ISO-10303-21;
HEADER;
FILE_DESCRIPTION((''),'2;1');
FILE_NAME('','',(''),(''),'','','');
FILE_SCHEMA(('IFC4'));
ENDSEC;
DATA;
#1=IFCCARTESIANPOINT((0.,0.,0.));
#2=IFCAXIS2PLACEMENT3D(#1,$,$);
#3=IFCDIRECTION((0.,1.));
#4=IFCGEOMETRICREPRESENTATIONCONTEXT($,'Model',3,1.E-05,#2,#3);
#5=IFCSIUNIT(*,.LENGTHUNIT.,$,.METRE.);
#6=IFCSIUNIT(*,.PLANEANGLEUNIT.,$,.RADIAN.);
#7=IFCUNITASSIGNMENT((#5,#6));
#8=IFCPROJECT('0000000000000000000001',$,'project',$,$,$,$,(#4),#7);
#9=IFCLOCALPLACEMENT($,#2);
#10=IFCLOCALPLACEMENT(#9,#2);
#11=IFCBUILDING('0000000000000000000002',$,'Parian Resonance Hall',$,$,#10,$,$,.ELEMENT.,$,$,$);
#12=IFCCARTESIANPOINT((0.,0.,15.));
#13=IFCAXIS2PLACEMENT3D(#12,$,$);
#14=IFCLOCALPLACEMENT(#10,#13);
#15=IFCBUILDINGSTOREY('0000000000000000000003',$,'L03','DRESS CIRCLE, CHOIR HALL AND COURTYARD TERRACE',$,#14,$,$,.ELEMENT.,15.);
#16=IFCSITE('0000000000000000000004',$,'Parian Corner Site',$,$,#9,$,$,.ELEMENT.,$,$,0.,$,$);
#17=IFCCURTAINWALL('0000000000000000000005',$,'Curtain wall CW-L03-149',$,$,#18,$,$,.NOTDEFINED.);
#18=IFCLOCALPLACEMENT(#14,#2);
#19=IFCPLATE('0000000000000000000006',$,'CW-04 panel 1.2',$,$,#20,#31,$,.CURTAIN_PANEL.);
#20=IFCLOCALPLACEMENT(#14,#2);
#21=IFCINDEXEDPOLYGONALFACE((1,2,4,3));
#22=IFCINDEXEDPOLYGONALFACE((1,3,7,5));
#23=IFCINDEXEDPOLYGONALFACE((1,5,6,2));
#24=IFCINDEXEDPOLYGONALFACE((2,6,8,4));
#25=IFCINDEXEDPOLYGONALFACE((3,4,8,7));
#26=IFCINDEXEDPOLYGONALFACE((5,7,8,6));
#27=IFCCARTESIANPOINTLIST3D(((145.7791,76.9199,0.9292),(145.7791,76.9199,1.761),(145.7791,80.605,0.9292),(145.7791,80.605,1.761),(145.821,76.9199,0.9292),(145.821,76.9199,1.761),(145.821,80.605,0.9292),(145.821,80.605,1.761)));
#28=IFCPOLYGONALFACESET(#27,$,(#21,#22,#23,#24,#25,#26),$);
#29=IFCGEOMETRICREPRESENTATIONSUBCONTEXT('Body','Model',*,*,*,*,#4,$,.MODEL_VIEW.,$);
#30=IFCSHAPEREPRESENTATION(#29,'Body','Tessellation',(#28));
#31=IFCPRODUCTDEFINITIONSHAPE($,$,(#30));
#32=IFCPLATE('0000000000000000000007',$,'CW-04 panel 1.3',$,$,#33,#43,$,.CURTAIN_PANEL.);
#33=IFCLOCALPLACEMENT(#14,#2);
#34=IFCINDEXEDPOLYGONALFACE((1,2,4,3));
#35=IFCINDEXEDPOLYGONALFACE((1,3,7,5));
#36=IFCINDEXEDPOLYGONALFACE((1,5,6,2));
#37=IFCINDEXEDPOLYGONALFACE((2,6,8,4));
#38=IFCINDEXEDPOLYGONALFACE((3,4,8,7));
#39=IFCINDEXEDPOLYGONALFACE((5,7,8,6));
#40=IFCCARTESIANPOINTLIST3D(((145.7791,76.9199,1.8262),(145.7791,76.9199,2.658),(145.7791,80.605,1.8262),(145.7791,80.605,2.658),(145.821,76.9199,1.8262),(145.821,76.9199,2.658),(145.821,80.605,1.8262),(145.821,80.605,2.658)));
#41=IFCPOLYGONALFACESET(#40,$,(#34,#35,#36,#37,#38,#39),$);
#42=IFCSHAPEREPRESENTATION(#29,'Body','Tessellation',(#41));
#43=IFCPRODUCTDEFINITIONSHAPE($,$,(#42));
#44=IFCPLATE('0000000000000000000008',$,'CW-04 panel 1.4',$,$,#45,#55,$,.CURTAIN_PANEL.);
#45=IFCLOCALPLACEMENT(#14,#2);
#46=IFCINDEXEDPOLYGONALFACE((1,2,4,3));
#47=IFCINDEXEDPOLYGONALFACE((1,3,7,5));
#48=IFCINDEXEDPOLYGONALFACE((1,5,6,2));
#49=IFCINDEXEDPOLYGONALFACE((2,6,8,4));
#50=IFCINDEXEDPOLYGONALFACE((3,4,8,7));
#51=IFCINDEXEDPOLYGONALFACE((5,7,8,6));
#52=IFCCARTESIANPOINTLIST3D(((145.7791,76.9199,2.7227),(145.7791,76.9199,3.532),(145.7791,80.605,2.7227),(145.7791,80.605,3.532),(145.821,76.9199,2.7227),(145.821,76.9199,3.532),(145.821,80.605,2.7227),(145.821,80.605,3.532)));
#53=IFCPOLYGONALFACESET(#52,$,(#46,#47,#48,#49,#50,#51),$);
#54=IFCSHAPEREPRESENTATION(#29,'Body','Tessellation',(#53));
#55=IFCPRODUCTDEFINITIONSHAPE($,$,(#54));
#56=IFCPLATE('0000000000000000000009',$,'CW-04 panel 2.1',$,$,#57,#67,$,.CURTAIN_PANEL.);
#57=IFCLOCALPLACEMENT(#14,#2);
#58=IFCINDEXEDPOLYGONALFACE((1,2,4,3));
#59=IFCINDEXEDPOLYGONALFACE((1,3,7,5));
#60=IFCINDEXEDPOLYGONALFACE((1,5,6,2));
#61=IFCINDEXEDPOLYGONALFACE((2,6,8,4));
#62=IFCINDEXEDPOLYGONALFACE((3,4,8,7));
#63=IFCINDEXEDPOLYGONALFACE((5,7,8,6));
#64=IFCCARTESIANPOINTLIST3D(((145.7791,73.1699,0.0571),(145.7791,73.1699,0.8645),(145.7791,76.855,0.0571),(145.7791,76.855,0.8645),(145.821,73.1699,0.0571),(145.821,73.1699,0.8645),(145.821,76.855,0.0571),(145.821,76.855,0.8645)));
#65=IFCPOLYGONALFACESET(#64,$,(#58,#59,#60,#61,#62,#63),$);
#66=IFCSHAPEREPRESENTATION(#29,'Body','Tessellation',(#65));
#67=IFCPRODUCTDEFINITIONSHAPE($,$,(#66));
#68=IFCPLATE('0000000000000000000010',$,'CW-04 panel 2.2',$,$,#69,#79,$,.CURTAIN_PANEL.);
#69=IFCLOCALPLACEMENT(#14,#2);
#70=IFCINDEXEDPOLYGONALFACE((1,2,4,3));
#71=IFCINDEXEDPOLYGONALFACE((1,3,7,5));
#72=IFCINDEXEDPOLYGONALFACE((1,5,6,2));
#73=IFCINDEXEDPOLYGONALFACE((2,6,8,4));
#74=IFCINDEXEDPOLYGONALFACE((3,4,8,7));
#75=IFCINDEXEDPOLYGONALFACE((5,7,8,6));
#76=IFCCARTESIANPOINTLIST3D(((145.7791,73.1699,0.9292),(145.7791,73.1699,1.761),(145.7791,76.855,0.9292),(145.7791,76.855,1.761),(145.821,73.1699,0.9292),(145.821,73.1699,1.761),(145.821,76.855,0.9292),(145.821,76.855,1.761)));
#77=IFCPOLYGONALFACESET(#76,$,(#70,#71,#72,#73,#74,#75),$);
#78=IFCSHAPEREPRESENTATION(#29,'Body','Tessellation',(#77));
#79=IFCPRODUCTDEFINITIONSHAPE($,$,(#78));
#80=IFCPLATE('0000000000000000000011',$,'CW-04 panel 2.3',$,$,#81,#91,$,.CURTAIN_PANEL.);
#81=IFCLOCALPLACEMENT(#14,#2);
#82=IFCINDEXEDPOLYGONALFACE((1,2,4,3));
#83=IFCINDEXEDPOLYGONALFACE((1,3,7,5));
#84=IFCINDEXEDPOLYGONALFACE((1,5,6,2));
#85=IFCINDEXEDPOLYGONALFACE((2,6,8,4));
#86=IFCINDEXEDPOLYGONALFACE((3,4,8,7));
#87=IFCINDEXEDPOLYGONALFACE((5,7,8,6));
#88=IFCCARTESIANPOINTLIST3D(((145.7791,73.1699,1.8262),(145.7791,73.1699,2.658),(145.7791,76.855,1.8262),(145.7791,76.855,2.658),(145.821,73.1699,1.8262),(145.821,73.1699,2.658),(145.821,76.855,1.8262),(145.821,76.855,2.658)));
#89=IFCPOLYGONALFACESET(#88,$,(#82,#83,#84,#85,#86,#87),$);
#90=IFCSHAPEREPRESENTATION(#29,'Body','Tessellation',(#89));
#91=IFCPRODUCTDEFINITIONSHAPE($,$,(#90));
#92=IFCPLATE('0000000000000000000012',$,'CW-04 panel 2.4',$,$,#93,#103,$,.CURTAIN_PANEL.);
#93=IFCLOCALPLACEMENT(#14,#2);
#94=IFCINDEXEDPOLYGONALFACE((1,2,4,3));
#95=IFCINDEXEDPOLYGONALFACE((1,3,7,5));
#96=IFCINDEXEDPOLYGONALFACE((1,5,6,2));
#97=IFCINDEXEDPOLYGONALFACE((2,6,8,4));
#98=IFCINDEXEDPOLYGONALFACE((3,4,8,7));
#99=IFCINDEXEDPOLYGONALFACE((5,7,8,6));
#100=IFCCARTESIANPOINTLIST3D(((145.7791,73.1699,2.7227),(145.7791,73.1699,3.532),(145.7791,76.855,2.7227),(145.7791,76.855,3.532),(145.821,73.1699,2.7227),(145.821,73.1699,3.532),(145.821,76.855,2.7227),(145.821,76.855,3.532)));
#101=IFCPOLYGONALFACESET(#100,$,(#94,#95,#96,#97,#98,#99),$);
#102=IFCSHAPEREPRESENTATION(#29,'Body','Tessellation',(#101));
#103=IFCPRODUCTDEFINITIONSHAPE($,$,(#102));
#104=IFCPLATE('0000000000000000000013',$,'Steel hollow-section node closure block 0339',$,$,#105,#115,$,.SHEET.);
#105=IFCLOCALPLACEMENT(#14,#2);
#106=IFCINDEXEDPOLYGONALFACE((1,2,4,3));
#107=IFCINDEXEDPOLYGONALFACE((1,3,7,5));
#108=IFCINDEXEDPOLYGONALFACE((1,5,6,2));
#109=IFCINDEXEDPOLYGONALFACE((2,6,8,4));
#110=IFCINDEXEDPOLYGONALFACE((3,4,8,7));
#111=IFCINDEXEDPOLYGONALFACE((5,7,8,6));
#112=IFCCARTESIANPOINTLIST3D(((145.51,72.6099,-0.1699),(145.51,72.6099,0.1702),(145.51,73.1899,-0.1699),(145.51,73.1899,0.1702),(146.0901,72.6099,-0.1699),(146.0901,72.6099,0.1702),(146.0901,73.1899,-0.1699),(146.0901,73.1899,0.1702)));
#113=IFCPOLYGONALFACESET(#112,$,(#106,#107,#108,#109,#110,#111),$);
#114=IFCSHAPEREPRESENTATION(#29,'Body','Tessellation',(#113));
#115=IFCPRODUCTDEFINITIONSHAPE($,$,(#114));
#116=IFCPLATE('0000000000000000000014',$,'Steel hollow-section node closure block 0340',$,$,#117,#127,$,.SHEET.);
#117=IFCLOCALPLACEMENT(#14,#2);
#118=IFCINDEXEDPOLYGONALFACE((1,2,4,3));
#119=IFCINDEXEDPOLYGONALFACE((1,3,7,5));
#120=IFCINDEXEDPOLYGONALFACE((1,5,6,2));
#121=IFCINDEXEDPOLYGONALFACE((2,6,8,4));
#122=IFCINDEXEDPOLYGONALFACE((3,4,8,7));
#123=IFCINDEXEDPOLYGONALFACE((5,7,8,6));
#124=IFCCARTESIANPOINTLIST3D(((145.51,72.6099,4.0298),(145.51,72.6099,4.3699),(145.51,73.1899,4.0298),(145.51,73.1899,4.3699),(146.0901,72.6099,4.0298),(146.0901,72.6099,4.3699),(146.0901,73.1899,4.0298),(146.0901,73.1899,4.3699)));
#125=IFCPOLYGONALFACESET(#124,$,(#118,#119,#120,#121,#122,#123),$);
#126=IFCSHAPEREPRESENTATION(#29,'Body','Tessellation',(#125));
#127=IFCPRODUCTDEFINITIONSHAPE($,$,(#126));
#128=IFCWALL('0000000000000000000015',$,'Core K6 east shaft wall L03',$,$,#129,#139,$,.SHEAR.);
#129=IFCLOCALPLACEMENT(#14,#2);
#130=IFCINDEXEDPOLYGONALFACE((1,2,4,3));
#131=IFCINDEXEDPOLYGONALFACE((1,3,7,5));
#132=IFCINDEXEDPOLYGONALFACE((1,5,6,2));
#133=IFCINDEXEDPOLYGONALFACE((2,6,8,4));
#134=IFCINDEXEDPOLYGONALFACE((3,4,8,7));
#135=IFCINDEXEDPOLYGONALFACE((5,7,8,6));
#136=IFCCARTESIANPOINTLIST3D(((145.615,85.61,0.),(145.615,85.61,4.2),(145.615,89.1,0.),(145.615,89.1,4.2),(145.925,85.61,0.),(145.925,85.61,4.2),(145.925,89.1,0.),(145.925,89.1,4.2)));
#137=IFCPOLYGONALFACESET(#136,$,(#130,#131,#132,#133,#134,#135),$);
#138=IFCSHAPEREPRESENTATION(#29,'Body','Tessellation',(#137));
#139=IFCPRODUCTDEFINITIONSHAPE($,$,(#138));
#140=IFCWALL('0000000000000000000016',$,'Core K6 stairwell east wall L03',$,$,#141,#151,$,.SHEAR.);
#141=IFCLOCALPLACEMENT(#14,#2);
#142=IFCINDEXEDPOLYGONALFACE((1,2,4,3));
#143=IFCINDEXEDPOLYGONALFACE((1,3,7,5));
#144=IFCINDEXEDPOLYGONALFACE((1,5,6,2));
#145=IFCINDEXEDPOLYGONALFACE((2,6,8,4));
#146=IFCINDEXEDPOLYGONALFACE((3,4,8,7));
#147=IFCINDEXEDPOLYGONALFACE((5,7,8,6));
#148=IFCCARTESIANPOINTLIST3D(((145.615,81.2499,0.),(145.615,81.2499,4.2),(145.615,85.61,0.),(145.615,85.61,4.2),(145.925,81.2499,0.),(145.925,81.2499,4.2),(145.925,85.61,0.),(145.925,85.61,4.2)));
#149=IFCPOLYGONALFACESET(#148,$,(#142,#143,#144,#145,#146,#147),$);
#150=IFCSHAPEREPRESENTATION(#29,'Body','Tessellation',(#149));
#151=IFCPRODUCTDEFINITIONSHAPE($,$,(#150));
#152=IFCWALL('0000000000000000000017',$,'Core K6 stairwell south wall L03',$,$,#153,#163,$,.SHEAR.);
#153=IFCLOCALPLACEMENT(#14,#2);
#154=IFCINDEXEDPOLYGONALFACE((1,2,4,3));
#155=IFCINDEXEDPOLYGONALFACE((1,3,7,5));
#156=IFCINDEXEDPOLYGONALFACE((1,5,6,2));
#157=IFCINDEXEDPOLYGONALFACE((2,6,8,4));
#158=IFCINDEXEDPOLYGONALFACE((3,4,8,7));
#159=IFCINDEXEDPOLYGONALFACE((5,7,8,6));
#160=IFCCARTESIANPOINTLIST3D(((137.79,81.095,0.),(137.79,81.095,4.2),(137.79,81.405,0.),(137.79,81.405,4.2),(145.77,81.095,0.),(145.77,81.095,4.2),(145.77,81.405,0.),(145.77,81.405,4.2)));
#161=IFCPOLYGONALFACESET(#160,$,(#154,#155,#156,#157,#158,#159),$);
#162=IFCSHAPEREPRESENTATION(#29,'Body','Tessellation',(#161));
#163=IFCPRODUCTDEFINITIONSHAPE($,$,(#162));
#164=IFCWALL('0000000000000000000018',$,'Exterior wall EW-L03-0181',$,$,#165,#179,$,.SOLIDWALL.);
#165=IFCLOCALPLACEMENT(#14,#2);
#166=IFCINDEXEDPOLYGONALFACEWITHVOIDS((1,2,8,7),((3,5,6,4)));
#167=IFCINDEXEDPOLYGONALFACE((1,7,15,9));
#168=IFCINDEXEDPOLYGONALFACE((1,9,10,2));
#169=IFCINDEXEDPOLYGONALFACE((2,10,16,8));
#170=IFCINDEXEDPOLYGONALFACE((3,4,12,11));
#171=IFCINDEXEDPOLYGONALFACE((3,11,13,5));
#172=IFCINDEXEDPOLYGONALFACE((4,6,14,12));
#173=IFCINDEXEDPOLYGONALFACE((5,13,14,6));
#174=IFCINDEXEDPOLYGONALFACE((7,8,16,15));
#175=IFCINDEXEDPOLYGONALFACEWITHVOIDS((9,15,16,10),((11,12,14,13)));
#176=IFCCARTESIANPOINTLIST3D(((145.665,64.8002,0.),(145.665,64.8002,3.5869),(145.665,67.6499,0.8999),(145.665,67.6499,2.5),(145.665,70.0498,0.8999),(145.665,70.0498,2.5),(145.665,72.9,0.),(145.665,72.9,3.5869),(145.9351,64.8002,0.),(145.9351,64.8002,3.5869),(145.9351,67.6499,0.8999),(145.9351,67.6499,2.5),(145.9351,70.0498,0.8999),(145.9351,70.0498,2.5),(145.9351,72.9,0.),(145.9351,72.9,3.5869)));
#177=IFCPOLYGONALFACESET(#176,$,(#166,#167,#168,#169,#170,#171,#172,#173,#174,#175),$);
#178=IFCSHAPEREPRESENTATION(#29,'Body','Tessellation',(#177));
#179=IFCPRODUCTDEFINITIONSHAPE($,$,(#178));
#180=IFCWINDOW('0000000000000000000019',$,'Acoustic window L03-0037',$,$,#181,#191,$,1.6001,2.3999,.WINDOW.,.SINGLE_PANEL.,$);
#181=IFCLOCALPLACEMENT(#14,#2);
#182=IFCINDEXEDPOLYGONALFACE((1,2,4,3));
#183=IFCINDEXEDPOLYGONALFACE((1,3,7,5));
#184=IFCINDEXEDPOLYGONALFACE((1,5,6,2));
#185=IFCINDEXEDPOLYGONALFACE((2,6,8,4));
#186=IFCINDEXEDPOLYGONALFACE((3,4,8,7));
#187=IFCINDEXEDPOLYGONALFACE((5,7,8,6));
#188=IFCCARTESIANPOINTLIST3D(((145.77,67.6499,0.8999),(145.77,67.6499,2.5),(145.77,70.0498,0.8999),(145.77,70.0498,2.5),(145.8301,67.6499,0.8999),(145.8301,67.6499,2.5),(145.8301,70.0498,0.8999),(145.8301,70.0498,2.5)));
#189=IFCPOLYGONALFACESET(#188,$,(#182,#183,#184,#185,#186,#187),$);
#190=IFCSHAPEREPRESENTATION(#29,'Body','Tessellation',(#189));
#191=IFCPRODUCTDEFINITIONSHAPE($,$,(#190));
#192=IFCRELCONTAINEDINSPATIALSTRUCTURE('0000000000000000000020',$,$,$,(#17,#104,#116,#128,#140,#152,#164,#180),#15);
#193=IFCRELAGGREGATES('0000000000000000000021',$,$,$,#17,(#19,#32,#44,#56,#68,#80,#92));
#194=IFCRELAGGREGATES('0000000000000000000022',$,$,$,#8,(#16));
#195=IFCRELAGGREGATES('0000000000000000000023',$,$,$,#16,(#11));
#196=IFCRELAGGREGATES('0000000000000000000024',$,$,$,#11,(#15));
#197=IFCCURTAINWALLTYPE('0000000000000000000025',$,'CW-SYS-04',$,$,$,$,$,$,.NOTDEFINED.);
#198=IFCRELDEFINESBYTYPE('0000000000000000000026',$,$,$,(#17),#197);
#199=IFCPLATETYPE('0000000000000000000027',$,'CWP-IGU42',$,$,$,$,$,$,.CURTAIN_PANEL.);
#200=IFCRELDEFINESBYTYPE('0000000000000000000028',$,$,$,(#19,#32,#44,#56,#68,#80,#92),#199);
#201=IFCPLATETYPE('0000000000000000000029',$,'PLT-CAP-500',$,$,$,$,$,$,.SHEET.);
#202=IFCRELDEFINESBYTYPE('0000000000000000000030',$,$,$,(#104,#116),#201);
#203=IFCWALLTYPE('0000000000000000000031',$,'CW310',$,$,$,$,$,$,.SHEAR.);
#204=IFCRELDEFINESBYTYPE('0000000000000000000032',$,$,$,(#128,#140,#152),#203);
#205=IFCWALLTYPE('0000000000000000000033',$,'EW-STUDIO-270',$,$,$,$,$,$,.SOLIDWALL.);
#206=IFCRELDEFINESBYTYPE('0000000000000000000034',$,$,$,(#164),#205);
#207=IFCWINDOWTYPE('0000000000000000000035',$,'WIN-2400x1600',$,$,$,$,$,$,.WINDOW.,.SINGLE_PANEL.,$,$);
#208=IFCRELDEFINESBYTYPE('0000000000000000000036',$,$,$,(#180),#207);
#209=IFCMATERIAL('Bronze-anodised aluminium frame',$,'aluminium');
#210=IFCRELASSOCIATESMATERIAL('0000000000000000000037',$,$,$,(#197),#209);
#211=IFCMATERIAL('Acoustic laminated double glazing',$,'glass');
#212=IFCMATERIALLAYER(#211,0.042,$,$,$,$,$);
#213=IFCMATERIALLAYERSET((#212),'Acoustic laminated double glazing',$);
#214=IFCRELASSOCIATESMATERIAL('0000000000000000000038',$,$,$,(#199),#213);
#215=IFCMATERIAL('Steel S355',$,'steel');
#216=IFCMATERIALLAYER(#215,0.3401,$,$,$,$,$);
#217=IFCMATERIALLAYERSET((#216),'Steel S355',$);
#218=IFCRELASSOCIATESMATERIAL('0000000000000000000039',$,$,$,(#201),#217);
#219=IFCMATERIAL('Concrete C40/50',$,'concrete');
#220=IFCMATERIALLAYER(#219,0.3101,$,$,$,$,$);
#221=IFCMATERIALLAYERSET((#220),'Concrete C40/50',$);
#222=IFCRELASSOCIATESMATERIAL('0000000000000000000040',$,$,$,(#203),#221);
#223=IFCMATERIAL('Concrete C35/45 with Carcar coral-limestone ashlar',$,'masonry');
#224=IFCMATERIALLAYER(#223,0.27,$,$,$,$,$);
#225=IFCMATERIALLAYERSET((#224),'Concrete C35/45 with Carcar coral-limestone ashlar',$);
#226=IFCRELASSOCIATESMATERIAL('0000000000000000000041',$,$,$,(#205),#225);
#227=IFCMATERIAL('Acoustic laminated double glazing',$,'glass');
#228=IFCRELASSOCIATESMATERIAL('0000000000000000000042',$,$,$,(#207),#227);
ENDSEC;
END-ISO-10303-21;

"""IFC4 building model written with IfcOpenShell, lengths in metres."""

from ifc_helpers import new_model, si_unit, direction, frame, frame_2d, origin, origin_2d, place, context, subcontext, project, spatial, rectangle, extrude, material, layer, layer_set, type_object, element, fill, aggregate, save


model = new_model("IFC4")

# Units and contexts
model_context = context("Model", 3, precision=1e-05, world=origin(), true_north=direction((0.0, 1.0)))
body_context = subcontext(model_context, "Body", "Model", "MODEL_VIEW")
ifc_project = project(units=[si_unit("LENGTHUNIT", "METRE"), si_unit("PLANEANGLEUNIT", "RADIAN")], contexts=[model_context])

# Site, building, storey
site_placement = place(None, origin())
site = spatial("IfcSite", under=ifc_project, at=site_placement, Name="Parian Corner Site", CompositionType="ELEMENT", RefElevation=0.0)
building_placement = place(site_placement, origin())
building = spatial("IfcBuilding", under=site, at=building_placement, Name="Parian Resonance Hall", CompositionType="ELEMENT")
storey_placement = place(building_placement, frame((0.0, 0.0, 15.0)))
storey = spatial("IfcBuildingStorey", under=building, at=storey_placement, Name="L03", Description="DRESS CIRCLE, CHOIR HALL AND COURTYARD TERRACE", CompositionType="ELEMENT", Elevation=15.0)

# Curtain wall, plates
ifc_material_1 = material(Name="Bronze-anodised aluminium frame", Category="aluminium")
curtain_wall_type = type_object("IfcCurtainWallType", Name="CW-SYS-04", PredefinedType="NOTDEFINED", material=ifc_material_1)
curtain_wall_placement = place(storey_placement, origin())
curtain_wall = element("IfcCurtainWall", 1, at=curtain_wall_placement, inside=storey, type_object=curtain_wall_type, Name="Curtain wall CW-L03-149", PredefinedType="NOTDEFINED")
ifc_material_2 = material(Name="Acoustic laminated double glazing", Category="glass")
ifc_layer_1 = layer(ifc_material_2, 0.042)
ifc_layer_set_1 = layer_set([ifc_layer_1], Name="Acoustic laminated double glazing")
plate_type_1 = type_object("IfcPlateType", Name="CWP-IGU42", PredefinedType="CURTAIN_PANEL", material=ifc_layer_set_1)
plate_1_placement = place(storey_placement, frame((145.8, 78.7625, 0.9292), z_axis=(0.0, 0.0, 1.0), x_axis=(0.0, -1.0, 0.0)))
plate_1 = element("IfcPlate", 2, at=plate_1_placement, type_object=plate_type_1, Name="CW-04 panel 1.2", PredefinedType="CURTAIN_PANEL", context=body_context, shape_type="SweptSolid", body=[
    extrude(rectangle(XDim=3.6851, YDim=0.042, at=origin_2d()), origin(), (0.0, 0.0, 1.0), 0.8318),
])
plate_2_placement = place(storey_placement, frame((145.8, 78.7625, 1.8262), z_axis=(0.0, 0.0, 1.0), x_axis=(0.0, -1.0, 0.0)))
plate_2 = element("IfcPlate", 3, at=plate_2_placement, type_object=plate_type_1, Name="CW-04 panel 1.3", PredefinedType="CURTAIN_PANEL", context=body_context, shape_type="SweptSolid", body=[
    extrude(rectangle(XDim=3.6851, YDim=0.042, at=origin_2d()), origin(), (0.0, 0.0, 1.0), 0.8318),
])
plate_3_placement = place(storey_placement, frame((145.8, 78.7625, 2.7227), z_axis=(0.0, 0.0, 1.0), x_axis=(0.0, -1.0, 0.0)))
plate_3 = element("IfcPlate", 4, at=plate_3_placement, type_object=plate_type_1, Name="CW-04 panel 1.4", PredefinedType="CURTAIN_PANEL", context=body_context, shape_type="SweptSolid", body=[
    extrude(rectangle(XDim=3.6851, YDim=0.042, at=origin_2d()), origin(), (0.0, 0.0, 1.0), 0.8093),
])
plate_4_placement = place(storey_placement, frame((145.8, 75.0125, 0.0571), z_axis=(0.0, 0.0, 1.0), x_axis=(0.0, -1.0, 0.0)))
plate_4 = element("IfcPlate", 5, at=plate_4_placement, type_object=plate_type_1, Name="CW-04 panel 2.1", PredefinedType="CURTAIN_PANEL", context=body_context, shape_type="SweptSolid", body=[
    extrude(rectangle(XDim=3.6851, YDim=0.042, at=origin_2d()), origin(), (0.0, 0.0, 1.0), 0.8074),
])
plate_5_placement = place(storey_placement, frame((145.8, 75.0125, 0.9292), z_axis=(0.0, 0.0, 1.0), x_axis=(0.0, -1.0, 0.0)))
plate_5 = element("IfcPlate", 6, at=plate_5_placement, type_object=plate_type_1, Name="CW-04 panel 2.2", PredefinedType="CURTAIN_PANEL", context=body_context, shape_type="SweptSolid", body=[
    extrude(rectangle(XDim=3.6851, YDim=0.042, at=origin_2d()), origin(), (0.0, 0.0, 1.0), 0.8318),
])
plate_6_placement = place(storey_placement, frame((145.8, 75.0125, 1.8262), z_axis=(0.0, 0.0, 1.0), x_axis=(0.0, -1.0, 0.0)))
plate_6 = element("IfcPlate", 7, at=plate_6_placement, type_object=plate_type_1, Name="CW-04 panel 2.3", PredefinedType="CURTAIN_PANEL", context=body_context, shape_type="SweptSolid", body=[
    extrude(rectangle(XDim=3.6851, YDim=0.042, at=origin_2d()), origin(), (0.0, 0.0, 1.0), 0.8318),
])
plate_7_placement = place(storey_placement, frame((145.8, 75.0125, 2.7227), z_axis=(0.0, 0.0, 1.0), x_axis=(0.0, -1.0, 0.0)))
plate_7 = element("IfcPlate", 8, at=plate_7_placement, type_object=plate_type_1, Name="CW-04 panel 2.4", PredefinedType="CURTAIN_PANEL", context=body_context, shape_type="SweptSolid", body=[
    extrude(rectangle(XDim=3.6851, YDim=0.042, at=origin_2d()), origin(), (0.0, 0.0, 1.0), 0.8093),
])
aggregate(curtain_wall, [plate_1, plate_2, plate_3, plate_4, plate_5, plate_6, plate_7])

# Plates
ifc_material_3 = material(Name="Steel S355", Category="steel")
ifc_layer_2 = layer(ifc_material_3, 0.3401)
ifc_layer_set_2 = layer_set([ifc_layer_2], Name="Steel S355")
plate_type_2 = type_object("IfcPlateType", Name="PLT-CAP-500", PredefinedType="SHEET", material=ifc_layer_set_2)
for number, where, z_axis, x_axis, name in (
    (9, (145.8, 72.8999, -0.1699), (0.0, 0.0, 1.0), (1.0, 0.0, 0.0), "Steel hollow-section node closure block 0339"),
    (10, (145.8, 72.8999, 4.0298), (0.0, 0.0, 1.0), (1.0, 0.0, 0.0), "Steel hollow-section node closure block 0340"),
):
    element("IfcPlate", number, at=place(storey_placement, frame(where, z_axis=z_axis, x_axis=x_axis)), inside=storey, type_object=plate_type_2, Name=name, PredefinedType="SHEET", context=body_context, shape_type="SweptSolid", body=[
        extrude(rectangle(XDim=0.5801, YDim=0.5801, at=origin_2d()), origin(), (0.0, 0.0, 1.0), 0.3401),
    ])

# Walls
ifc_material_4 = material(Name="Concrete C40/50", Category="concrete")
ifc_layer_3 = layer(ifc_material_4, 0.3101)
ifc_layer_set_3 = layer_set([ifc_layer_3], Name="Concrete C40/50")
wall_type_1 = type_object("IfcWallType", Name="CW310", PredefinedType="SHEAR", material=ifc_layer_set_3)
wall_1_placement = place(storey_placement, frame((145.77, 89.1001, 0.0), z_axis=(0.0, 0.0, 1.0), x_axis=(0.0, -1.0, 0.0)))
element("IfcWall", 11, at=wall_1_placement, inside=storey, type_object=wall_type_1, Name="Core K6 east shaft wall L03", PredefinedType="SHEAR", context=body_context, shape_type="SweptSolid", body=[
    extrude(rectangle(XDim=3.49, YDim=0.3101, at=frame_2d((1.7451, 0.0))), origin(), (0.0, 0.0, 1.0), 4.2),
])
wall_2_placement = place(storey_placement, frame((145.77, 85.6101, 0.0), z_axis=(0.0, 0.0, 1.0), x_axis=(0.0, -1.0, 0.0)))
element("IfcWall", 12, at=wall_2_placement, inside=storey, type_object=wall_type_1, Name="Core K6 stairwell east wall L03", PredefinedType="SHEAR", context=body_context, shape_type="SweptSolid", body=[
    extrude(rectangle(XDim=4.3601, YDim=0.3101, at=frame_2d((2.1802, 0.0))), origin(), (0.0, 0.0, 1.0), 4.2),
])
wall_3_placement = place(storey_placement, frame((145.77, 81.25, 0.0), z_axis=(0.0, 0.0, 1.0), x_axis=(-1.0, 0.0, 0.0)))
element("IfcWall", 13, at=wall_3_placement, inside=storey, type_object=wall_type_1, Name="Core K6 stairwell south wall L03", PredefinedType="SHEAR", context=body_context, shape_type="SweptSolid", body=[
    extrude(rectangle(XDim=7.98, YDim=0.3101, at=frame_2d((3.99, 0.0))), origin(), (0.0, 0.0, 1.0), 4.2),
])

# Wall, opening, window
ifc_material_5 = material(Name="Concrete C35/45 with Carcar coral-limestone ashlar", Category="masonry")
ifc_layer_4 = layer(ifc_material_5, 0.27)
ifc_layer_set_4 = layer_set([ifc_layer_4], Name="Concrete C35/45 with Carcar coral-limestone ashlar")
wall_type_2 = type_object("IfcWallType", Name="EW-STUDIO-270", PredefinedType="SOLIDWALL", material=ifc_layer_set_4)
wall_4_placement = place(storey_placement, frame((145.8, 72.8999, 0.0), z_axis=(0.0, 0.0, 1.0), x_axis=(0.0, -1.0, 0.0)))
wall_4 = element("IfcWall", 14, at=wall_4_placement, inside=storey, type_object=wall_type_2, Name="Exterior wall EW-L03-0181", PredefinedType="SOLIDWALL", context=body_context, shape_type="SweptSolid", body=[
    extrude(rectangle(XDim=8.0999, YDim=0.27, at=frame_2d((4.0498, 0.0))), origin(), (0.0, 0.0, 1.0), 3.5869),
])
opening_placement = place(wall_4_placement, frame((2.8501, 0.0, 0.8999)))
opening = element("IfcOpeningElement", 15, at=opening_placement, cuts=wall_4, PredefinedType="OPENING", context=body_context, shape_type="SweptSolid", body=[
    extrude(rectangle(XDim=2.3999, YDim=1.6001, at=frame_2d((1.2, 0.8))), frame((0.0, 0.145, 0.0), z_axis=(0.0, -1.0, 0.0), x_axis=(1.0, 0.0, 0.0)), (0.0, 0.0, 1.0), 0.29),
])
ifc_material_6 = material(Name="Acoustic laminated double glazing", Category="glass")
window_type = type_object("IfcWindowType", Name="WIN-2400x1600", PartitioningType="SINGLE_PANEL", PredefinedType="WINDOW", material=ifc_material_6)
window_placement = place(opening_placement, origin())
window = element("IfcWindow", 16, at=window_placement, inside=storey, type_object=window_type, Name="Acoustic window L03-0037", OverallHeight=1.6001, OverallWidth=2.3999, PartitioningType="SINGLE_PANEL", PredefinedType="WINDOW", context=body_context, shape_type="SweptSolid", body=[
    extrude(rectangle(XDim=2.3999, YDim=1.6001, at=frame_2d((1.2, 0.8))), frame((0.0, 0.03, 0.0), z_axis=(0.0, -1.0, 0.0), x_axis=(1.0, 0.0, 0.0)), (0.0, 0.0, 1.0), 0.0601),
])
fill(opening, window)

save(model, "model.ifc")
